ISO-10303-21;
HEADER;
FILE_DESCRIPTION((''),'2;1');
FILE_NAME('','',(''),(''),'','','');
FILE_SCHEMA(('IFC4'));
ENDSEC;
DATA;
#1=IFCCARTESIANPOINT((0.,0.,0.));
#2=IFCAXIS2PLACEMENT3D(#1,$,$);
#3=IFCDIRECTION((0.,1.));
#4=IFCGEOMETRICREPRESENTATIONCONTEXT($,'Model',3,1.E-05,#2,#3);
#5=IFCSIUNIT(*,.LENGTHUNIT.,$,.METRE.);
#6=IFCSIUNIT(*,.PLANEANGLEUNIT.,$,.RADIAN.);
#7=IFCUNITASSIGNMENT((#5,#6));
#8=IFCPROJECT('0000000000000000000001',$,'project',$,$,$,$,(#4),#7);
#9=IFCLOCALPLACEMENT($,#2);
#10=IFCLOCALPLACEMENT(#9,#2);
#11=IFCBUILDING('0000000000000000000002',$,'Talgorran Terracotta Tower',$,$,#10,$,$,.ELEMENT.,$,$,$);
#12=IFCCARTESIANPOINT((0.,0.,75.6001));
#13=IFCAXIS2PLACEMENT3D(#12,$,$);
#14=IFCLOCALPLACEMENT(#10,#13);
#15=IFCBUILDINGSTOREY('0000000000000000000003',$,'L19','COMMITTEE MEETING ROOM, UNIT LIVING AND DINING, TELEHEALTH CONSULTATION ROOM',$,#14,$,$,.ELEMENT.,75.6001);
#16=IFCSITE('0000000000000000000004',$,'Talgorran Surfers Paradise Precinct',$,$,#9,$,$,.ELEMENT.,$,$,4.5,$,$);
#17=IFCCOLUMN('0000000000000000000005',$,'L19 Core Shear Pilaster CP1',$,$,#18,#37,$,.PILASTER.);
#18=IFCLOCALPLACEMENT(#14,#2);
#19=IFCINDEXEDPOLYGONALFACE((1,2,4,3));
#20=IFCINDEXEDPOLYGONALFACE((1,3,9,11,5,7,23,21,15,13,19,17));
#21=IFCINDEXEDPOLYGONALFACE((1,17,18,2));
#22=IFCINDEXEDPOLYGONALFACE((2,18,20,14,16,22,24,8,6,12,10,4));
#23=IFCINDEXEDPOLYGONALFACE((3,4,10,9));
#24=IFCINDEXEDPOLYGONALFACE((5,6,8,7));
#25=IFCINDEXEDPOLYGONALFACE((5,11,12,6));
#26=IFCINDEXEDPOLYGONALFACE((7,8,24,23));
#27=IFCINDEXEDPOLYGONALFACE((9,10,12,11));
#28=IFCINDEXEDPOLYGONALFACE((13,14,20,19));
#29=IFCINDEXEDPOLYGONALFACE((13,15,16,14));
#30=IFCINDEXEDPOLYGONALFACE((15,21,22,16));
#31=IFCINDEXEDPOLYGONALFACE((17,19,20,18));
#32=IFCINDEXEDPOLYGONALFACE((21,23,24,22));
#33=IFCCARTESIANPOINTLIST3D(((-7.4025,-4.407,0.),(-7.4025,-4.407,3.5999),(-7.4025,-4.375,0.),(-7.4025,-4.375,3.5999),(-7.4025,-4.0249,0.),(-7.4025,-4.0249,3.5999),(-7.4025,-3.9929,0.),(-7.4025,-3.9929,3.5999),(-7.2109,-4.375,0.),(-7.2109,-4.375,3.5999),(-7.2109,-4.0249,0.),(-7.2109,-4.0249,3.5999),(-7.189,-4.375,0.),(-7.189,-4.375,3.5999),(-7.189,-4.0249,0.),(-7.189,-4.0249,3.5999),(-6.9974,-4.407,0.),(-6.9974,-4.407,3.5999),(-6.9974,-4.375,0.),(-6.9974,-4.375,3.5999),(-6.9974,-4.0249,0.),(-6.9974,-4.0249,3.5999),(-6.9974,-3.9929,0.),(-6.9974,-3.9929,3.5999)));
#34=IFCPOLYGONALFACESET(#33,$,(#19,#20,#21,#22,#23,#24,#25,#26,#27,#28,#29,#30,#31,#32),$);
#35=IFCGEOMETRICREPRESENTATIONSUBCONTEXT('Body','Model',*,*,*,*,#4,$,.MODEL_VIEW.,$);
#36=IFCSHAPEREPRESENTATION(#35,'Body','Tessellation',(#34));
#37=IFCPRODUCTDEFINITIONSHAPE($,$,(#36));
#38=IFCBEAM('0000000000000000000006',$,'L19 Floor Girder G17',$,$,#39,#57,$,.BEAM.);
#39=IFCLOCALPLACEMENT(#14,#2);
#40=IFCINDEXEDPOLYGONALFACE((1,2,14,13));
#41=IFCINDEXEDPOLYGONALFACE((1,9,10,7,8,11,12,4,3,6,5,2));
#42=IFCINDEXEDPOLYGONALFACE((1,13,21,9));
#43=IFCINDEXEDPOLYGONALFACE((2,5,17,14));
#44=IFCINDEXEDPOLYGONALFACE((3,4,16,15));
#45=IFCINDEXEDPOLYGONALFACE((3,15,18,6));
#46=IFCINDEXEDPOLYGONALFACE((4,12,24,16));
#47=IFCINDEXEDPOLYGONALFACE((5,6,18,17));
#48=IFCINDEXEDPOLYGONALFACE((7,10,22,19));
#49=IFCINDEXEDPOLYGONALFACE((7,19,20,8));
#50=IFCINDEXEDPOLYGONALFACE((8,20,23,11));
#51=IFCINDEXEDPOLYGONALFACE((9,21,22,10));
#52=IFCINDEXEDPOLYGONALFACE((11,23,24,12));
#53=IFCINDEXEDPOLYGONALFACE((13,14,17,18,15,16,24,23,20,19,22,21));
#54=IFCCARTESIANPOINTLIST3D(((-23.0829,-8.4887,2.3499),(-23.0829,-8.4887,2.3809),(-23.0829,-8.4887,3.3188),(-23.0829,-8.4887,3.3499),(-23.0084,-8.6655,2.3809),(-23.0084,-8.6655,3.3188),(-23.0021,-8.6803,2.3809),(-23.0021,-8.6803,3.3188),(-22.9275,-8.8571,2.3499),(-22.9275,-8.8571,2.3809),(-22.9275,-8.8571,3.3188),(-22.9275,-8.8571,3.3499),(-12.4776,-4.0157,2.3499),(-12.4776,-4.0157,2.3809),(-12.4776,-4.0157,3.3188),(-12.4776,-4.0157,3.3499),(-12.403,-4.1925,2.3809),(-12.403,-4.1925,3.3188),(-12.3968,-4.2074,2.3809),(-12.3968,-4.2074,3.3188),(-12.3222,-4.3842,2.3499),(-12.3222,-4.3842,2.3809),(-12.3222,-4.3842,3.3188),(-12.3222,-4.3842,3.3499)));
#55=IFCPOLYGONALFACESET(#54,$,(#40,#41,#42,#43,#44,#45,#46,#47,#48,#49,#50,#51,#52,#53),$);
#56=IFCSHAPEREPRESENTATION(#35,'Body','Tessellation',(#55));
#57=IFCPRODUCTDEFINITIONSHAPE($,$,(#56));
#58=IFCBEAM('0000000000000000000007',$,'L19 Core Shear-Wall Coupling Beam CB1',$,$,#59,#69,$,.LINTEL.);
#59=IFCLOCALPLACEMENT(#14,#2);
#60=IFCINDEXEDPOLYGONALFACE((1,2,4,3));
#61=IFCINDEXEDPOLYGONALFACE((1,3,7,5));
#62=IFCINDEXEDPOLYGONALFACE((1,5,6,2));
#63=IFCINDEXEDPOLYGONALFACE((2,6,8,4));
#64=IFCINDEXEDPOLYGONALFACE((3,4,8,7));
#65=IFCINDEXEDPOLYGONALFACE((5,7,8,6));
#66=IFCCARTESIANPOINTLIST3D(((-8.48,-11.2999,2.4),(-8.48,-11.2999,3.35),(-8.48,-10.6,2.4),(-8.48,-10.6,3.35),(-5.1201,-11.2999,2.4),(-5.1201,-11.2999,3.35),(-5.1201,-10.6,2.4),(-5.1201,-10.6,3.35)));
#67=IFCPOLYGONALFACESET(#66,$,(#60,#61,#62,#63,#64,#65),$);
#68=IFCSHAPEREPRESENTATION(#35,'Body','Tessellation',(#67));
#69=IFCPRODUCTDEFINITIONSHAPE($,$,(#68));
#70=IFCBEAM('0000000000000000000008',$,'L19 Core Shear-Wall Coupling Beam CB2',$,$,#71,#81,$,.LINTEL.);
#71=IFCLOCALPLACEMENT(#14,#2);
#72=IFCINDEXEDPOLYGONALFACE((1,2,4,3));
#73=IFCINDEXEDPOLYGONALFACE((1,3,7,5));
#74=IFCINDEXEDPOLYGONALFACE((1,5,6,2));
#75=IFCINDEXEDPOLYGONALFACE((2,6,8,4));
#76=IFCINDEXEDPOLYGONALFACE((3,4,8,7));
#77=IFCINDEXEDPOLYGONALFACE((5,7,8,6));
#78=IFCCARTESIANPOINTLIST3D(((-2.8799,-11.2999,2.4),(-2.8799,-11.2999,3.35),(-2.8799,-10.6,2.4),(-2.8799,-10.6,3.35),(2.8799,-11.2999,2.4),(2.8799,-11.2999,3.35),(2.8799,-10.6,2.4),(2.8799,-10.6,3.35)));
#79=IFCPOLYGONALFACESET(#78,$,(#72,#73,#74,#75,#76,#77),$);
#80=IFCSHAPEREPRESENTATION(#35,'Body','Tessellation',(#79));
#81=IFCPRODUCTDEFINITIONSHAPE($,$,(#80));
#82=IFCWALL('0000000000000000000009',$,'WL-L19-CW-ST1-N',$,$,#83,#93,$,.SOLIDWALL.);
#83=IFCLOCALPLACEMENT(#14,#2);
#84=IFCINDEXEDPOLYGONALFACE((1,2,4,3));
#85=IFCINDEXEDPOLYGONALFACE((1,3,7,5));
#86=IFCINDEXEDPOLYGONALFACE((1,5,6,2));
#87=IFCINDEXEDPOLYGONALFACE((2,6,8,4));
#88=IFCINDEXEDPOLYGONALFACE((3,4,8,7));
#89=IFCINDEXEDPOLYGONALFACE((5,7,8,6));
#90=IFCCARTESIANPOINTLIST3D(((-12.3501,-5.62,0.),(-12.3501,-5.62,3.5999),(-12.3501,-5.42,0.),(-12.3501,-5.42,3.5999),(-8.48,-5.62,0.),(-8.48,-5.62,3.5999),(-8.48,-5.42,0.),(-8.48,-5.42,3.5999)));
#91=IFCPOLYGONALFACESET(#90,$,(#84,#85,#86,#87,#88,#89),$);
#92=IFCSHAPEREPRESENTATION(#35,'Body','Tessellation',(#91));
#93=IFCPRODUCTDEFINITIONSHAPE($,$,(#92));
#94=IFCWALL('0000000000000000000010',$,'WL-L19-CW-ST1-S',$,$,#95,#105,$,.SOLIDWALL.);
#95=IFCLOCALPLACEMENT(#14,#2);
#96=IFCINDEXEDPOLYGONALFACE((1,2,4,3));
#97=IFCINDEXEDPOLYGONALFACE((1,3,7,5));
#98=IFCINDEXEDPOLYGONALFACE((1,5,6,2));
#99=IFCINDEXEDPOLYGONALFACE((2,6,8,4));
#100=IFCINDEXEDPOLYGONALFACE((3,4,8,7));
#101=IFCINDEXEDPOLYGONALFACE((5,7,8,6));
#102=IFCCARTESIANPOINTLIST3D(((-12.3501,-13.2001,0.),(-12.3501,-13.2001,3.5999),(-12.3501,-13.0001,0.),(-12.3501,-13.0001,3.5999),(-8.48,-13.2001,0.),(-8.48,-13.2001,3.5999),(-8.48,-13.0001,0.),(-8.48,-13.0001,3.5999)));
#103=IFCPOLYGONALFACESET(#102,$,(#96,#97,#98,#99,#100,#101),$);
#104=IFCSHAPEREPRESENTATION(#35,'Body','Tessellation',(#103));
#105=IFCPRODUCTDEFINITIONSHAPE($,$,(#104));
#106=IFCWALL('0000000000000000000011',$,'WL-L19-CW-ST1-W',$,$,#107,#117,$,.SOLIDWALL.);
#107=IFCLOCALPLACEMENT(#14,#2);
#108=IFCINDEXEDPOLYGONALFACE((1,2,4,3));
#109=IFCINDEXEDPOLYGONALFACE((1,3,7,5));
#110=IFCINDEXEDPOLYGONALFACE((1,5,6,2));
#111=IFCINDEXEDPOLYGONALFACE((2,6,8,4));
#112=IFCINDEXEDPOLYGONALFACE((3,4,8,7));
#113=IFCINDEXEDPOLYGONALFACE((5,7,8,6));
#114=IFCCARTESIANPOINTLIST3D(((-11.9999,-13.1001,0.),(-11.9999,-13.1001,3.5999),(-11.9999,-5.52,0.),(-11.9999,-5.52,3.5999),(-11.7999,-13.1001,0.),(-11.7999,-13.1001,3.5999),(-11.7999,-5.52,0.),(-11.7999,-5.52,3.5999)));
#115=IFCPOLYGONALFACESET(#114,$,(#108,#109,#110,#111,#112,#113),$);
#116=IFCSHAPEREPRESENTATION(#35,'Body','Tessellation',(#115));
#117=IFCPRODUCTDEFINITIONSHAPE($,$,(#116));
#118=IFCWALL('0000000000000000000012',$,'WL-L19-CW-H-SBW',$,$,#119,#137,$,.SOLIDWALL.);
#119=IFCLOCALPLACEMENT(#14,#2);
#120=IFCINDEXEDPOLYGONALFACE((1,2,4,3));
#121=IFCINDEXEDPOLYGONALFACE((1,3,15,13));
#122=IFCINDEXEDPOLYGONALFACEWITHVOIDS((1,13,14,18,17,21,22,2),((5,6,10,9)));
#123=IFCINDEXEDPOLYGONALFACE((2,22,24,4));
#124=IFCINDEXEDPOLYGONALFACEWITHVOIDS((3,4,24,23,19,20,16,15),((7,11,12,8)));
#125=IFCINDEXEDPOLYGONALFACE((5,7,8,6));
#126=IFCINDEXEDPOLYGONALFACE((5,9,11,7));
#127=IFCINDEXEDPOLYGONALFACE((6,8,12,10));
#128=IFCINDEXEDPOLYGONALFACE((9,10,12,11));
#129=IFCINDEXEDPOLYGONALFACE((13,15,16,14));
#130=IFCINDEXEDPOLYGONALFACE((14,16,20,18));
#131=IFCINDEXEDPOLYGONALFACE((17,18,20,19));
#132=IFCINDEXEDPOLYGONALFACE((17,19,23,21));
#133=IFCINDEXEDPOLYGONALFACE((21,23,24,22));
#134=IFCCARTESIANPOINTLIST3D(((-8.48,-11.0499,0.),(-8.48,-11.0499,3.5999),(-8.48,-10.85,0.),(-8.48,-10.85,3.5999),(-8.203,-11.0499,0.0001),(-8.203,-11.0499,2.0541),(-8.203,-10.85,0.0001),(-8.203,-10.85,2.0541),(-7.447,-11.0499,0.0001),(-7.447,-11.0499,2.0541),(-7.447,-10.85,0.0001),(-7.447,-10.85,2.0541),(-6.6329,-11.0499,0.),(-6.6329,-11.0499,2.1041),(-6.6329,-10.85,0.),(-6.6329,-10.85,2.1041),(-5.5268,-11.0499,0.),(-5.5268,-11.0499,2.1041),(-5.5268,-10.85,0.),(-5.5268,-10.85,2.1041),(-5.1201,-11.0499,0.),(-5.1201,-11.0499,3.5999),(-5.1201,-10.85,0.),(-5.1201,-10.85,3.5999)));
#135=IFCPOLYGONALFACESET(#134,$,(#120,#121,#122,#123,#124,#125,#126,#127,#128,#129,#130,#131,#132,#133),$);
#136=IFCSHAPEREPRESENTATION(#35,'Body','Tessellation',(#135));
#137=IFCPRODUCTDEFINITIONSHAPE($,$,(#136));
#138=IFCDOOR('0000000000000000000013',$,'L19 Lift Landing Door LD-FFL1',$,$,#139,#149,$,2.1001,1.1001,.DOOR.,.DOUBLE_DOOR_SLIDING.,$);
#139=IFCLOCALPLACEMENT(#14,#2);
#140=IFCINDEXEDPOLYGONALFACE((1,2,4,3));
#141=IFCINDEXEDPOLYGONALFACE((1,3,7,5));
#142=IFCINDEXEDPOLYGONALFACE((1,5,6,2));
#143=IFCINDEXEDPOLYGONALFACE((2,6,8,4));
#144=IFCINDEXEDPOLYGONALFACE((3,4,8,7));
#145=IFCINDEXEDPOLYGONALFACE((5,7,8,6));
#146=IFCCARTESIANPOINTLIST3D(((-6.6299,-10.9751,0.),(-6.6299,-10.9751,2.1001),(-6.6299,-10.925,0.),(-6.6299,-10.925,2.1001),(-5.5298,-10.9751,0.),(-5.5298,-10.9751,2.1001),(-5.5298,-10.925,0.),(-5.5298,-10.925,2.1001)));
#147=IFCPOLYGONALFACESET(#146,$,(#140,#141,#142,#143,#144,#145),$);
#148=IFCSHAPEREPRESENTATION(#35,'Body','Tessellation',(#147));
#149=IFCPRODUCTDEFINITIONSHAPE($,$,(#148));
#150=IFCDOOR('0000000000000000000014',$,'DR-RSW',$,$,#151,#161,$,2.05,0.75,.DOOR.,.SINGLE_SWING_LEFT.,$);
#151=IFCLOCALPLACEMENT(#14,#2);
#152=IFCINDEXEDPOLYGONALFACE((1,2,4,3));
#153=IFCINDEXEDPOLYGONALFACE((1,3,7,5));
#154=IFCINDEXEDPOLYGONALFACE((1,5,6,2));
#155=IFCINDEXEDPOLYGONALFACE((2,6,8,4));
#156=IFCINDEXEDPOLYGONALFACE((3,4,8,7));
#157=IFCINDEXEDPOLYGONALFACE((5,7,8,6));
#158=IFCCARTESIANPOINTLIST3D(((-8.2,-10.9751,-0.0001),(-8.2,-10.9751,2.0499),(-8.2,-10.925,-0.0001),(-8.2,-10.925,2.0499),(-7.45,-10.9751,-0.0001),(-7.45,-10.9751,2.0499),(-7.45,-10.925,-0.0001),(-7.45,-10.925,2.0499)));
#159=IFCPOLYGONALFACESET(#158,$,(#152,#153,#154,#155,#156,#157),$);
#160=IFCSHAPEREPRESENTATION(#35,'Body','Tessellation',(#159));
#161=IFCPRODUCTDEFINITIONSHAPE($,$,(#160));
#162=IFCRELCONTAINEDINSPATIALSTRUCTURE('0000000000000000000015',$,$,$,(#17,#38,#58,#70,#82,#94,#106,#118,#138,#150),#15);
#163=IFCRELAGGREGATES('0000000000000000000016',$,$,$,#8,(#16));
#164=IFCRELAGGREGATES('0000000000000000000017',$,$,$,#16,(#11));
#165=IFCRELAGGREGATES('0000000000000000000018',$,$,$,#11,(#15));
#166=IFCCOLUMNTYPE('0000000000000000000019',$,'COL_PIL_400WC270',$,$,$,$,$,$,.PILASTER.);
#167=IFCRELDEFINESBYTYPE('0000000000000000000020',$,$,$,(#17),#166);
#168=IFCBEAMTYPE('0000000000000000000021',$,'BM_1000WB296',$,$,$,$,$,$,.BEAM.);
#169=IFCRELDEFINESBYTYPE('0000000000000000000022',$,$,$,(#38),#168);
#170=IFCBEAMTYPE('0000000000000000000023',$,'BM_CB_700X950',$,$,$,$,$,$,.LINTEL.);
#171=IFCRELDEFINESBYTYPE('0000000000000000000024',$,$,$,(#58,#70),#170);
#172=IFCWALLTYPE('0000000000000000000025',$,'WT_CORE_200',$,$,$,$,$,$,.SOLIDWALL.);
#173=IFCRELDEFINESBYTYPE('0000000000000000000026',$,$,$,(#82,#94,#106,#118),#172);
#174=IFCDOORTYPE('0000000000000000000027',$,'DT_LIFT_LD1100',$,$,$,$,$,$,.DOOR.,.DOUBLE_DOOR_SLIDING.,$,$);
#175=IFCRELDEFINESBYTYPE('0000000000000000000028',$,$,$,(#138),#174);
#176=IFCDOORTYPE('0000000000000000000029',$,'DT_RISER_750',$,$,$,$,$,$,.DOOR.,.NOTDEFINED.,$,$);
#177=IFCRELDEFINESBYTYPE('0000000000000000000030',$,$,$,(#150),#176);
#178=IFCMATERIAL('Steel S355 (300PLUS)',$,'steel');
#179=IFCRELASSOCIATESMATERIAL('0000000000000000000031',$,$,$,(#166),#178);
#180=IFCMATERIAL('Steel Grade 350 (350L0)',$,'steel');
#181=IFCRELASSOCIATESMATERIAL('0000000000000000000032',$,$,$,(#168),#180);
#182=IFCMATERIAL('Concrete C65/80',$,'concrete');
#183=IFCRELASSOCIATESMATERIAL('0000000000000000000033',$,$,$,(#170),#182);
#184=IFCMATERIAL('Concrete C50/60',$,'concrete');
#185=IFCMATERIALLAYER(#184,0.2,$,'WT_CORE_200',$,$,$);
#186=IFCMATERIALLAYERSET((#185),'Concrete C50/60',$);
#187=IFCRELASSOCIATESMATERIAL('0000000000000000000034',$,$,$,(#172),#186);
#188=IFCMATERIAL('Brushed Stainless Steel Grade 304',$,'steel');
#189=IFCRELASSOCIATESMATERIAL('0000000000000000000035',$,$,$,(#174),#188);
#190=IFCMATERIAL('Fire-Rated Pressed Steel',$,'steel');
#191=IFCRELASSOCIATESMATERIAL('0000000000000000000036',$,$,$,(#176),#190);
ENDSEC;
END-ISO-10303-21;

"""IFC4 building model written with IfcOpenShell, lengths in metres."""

from ifc_helpers import new_model, si_unit, direction, frame, frame_2d, origin, origin_2d, place, context, subcontext, project, spatial, rectangle, i_section, extrude, material, layer, layer_set, material_profile, profile_set, type_object, element, fill, save


model = new_model("IFC4")

# Units and contexts
model_context = context("Model", 3, precision=1e-05, world=origin(), true_north=direction((0.0, 1.0)))
body_context = subcontext(model_context, "Body", "Model", "MODEL_VIEW")
ifc_project = project(units=[si_unit("LENGTHUNIT", "METRE"), si_unit("PLANEANGLEUNIT", "RADIAN")], contexts=[model_context])

# Site, building, storey
site_placement = place(None, origin())
site = spatial("IfcSite", under=ifc_project, at=site_placement, Name="Talgorran Surfers Paradise Precinct", CompositionType="ELEMENT", RefElevation=4.5)
building_placement = place(site_placement, origin())
building = spatial("IfcBuilding", under=site, at=building_placement, Name="Talgorran Terracotta Tower", CompositionType="ELEMENT")
storey_placement = place(building_placement, frame((0.0, 0.0, 75.6001)))
storey = spatial("IfcBuildingStorey", under=building, at=storey_placement, Name="L19", Description="COMMITTEE MEETING ROOM, UNIT LIVING AND DINING, TELEHEALTH CONSULTATION ROOM", CompositionType="ELEMENT", Elevation=75.6001)

# Column
ifc_material_1 = material(Name="Steel S355 (300PLUS)", Category="steel")
ifc_material_profile_1 = material_profile(ifc_material_1, i_section(OverallWidth=0.405, OverallDepth=0.4141, WebThickness=0.022, FlangeThickness=0.032, at=origin_2d()), Name="400WC270")
ifc_profile_set_1 = profile_set([ifc_material_profile_1], Name="Steel S355 (300PLUS)")
column_type = type_object("IfcColumnType", Name="COL_PIL_400WC270", PredefinedType="PILASTER", material=ifc_profile_set_1)
column_placement = place(storey_placement, frame((-7.2, -4.2, 0.0), z_axis=(0.0, 0.0, 1.0), x_axis=(1.0, 0.0, 0.0)))
element("IfcColumn", 1, at=column_placement, inside=storey, type_object=column_type, Name="L19 Core Shear Pilaster CP1", PredefinedType="PILASTER", context=body_context, shape_type="SweptSolid", body=[
    extrude(i_section(OverallWidth=0.405, OverallDepth=0.4141, WebThickness=0.022, FlangeThickness=0.032, at=origin_2d()), origin(), (0.0, 0.0, 1.0), 3.5999),
])

# Beams
ifc_material_2 = material(Name="Steel Grade 350 (350L0)", Category="steel")
ifc_material_profile_2 = material_profile(ifc_material_2, i_section(OverallWidth=0.3999, OverallDepth=1.0, WebThickness=0.0161, FlangeThickness=0.031, at=origin_2d()), Name="1000WB296")
ifc_profile_set_2 = profile_set([ifc_material_profile_2], Name="Steel Grade 350 (350L0)")
beam_type_1 = type_object("IfcBeamType", Name="BM_1000WB296", PredefinedType="BEAM", material=ifc_profile_set_2)
beam_1_placement = place(storey_placement, frame((-12.3999, -4.2, 2.8499), z_axis=(-0.921401, -0.388614, 0.0), x_axis=(0.388614, -0.921401, 0.0)))
element("IfcBeam", 2, at=beam_1_placement, inside=storey, type_object=beam_type_1, Name="L19 Floor Girder G17", PredefinedType="BEAM", context=body_context, shape_type="SweptSolid", body=[
    extrude(i_section(OverallWidth=0.3999, OverallDepth=1.0, WebThickness=0.0161, FlangeThickness=0.031, at=origin_2d()), origin(), (0.0, 0.0, 1.0), 11.51),
])
ifc_material_3 = material(Name="Concrete C65/80", Category="concrete")
ifc_material_profile_3 = material_profile(ifc_material_3, rectangle(XDim=0.7, YDim=0.95, at=origin_2d()), Name="RCCB700X950")
ifc_profile_set_3 = profile_set([ifc_material_profile_3], Name="Concrete C65/80")
beam_type_2 = type_object("IfcBeamType", Name="BM_CB_700X950", PredefinedType="LINTEL", material=ifc_profile_set_3)
beam_2_placement = place(storey_placement, frame((-8.48, -10.95, 2.875), z_axis=(1.0, 0.0, 0.0), x_axis=(0.0, 1.0, 0.0)))
element("IfcBeam", 3, at=beam_2_placement, inside=storey, type_object=beam_type_2, Name="L19 Core Shear-Wall Coupling Beam CB1", PredefinedType="LINTEL", context=body_context, shape_type="SweptSolid", body=[
    extrude(rectangle(XDim=0.7, YDim=0.95, at=origin_2d()), origin(), (0.0, 0.0, 1.0), 3.3599),
])
beam_3_placement = place(storey_placement, frame((-2.8799, -10.95, 2.875), z_axis=(1.0, 0.0, 0.0), x_axis=(0.0, 1.0, 0.0)))
element("IfcBeam", 4, at=beam_3_placement, inside=storey, type_object=beam_type_2, Name="L19 Core Shear-Wall Coupling Beam CB2", PredefinedType="LINTEL", context=body_context, shape_type="SweptSolid", body=[
    extrude(rectangle(XDim=0.7, YDim=0.95, at=origin_2d()), origin(), (0.0, 0.0, 1.0), 5.7598),
])

# Walls
ifc_material_4 = material(Name="Concrete C50/60", Category="concrete")
ifc_layer_1 = layer(ifc_material_4, 0.2, Name="WT_CORE_200")
ifc_layer_set_1 = layer_set([ifc_layer_1], Name="Concrete C50/60")
wall_type_1 = type_object("IfcWallType", Name="WT_CORE_200", PredefinedType="SOLIDWALL", material=ifc_layer_set_1)
for number, where, z_axis, x_axis, name in (
    (5, (-12.3501, -5.52, 0.0), (0.0, 0.0, 1.0), (1.0, 0.0, 0.0), "WL-L19-CW-ST1-N"),
    (6, (-12.3501, -13.1001, 0.0), (0.0, 0.0, 1.0), (1.0, 0.0, 0.0), "WL-L19-CW-ST1-S"),
):
    element("IfcWall", number, at=place(storey_placement, frame(where, z_axis=z_axis, x_axis=x_axis)), inside=storey, type_object=wall_type_1, Name=name, PredefinedType="SOLIDWALL", context=body_context, shape_type="SweptSolid", body=[
        extrude(rectangle(XDim=3.8701, YDim=0.2, at=frame_2d((1.9351, 0.0))), origin(), (0.0, 0.0, 1.0), 3.5999),
    ])
wall_1_placement = place(storey_placement, frame((-11.8999, -13.1001, 0.0), z_axis=(0.0, 0.0, 1.0), x_axis=(0.0, 1.0, 0.0)))
element("IfcWall", 7, at=wall_1_placement, inside=storey, type_object=wall_type_1, Name="WL-L19-CW-ST1-W", PredefinedType="SOLIDWALL", context=body_context, shape_type="SweptSolid", body=[
    extrude(rectangle(XDim=7.5801, YDim=0.2, at=frame_2d((3.79, 0.0))), origin(), (0.0, 0.0, 1.0), 3.5999),
])

# Wall, openings, doors
wall_2_placement = place(storey_placement, frame((-8.48, -10.95, 0.0), z_axis=(0.0, 0.0, 1.0), x_axis=(1.0, 0.0, 0.0)))
wall_2 = element("IfcWall", 8, at=wall_2_placement, inside=storey, type_object=wall_type_1, Name="WL-L19-CW-H-SBW", PredefinedType="SOLIDWALL", context=body_context, shape_type="SweptSolid", body=[
    extrude(rectangle(XDim=3.3599, YDim=0.2, at=frame_2d((1.6799, 0.0))), origin(), (0.0, 0.0, 1.0), 3.5999),
])
opening_1_placement = place(wall_2_placement, frame((0.28, 0.0, 0.0)))
opening_1 = element("IfcOpeningElement", 9, at=opening_1_placement, cuts=wall_2, PredefinedType="OPENING", context=body_context, shape_type="SweptSolid", body=[
    extrude(rectangle(XDim=0.756, YDim=2.054, at=frame_2d((0.375, 1.0271))), frame((0.0, 0.1099, 0.0), z_axis=(0.0, -1.0, 0.0), x_axis=(1.0, 0.0, 0.0)), (0.0, 0.0, 1.0), 0.22),
])
opening_2_placement = place(wall_2_placement, frame((1.8501, 0.0, 0.0)))
opening_2 = element("IfcOpeningElement", 10, at=opening_2_placement, cuts=wall_2, PredefinedType="OPENING", context=body_context, shape_type="SweptSolid", body=[
    extrude(rectangle(XDim=1.1061, YDim=2.1041, at=frame_2d((0.55, 1.052))), frame((0.0, 0.1099, 0.0), z_axis=(0.0, -1.0, 0.0), x_axis=(1.0, 0.0, 0.0)), (0.0, 0.0, 1.0), 0.22),
])
ifc_material_5 = material(Name="Brushed Stainless Steel Grade 304", Category="steel")
door_type_1 = type_object("IfcDoorType", Name="DT_LIFT_LD1100", OperationType="DOUBLE_DOOR_SLIDING", PredefinedType="DOOR", material=ifc_material_5)
door_1_placement = place(opening_2_placement, origin())
door_1 = element("IfcDoor", 11, at=door_1_placement, inside=storey, type_object=door_type_1, Name="L19 Lift Landing Door LD-FFL1", OperationType="DOUBLE_DOOR_SLIDING", OverallHeight=2.1001, OverallWidth=1.1001, PredefinedType="DOOR", context=body_context, shape_type="SweptSolid", body=[
    extrude(rectangle(XDim=1.1001, YDim=2.1001, at=frame_2d((0.55, 1.05))), frame((0.0, 0.0249, 0.0), z_axis=(0.0, -1.0, 0.0), x_axis=(1.0, 0.0, 0.0)), (0.0, 0.0, 1.0), 0.05),
])
fill(opening_2, door_1)
ifc_material_6 = material(Name="Fire-Rated Pressed Steel", Category="steel")
door_type_2 = type_object("IfcDoorType", Name="DT_RISER_750", OperationType="NOTDEFINED", PredefinedType="DOOR", material=ifc_material_6)
door_2_placement = place(opening_1_placement, origin())
door_2 = element("IfcDoor", 12, at=door_2_placement, inside=storey, type_object=door_type_2, Name="DR-RSW", OperationType="SINGLE_SWING_LEFT", OverallHeight=2.05, OverallWidth=0.75, PredefinedType="DOOR", context=body_context, shape_type="SweptSolid", body=[
    extrude(rectangle(XDim=0.75, YDim=2.05, at=frame_2d((0.375, 1.0249))), frame((0.0, 0.0249, 0.0), z_axis=(0.0, -1.0, 0.0), x_axis=(1.0, 0.0, 0.0)), (0.0, 0.0, 1.0), 0.05),
])
fill(opening_1, door_2)

save(model, "model.ifc")
